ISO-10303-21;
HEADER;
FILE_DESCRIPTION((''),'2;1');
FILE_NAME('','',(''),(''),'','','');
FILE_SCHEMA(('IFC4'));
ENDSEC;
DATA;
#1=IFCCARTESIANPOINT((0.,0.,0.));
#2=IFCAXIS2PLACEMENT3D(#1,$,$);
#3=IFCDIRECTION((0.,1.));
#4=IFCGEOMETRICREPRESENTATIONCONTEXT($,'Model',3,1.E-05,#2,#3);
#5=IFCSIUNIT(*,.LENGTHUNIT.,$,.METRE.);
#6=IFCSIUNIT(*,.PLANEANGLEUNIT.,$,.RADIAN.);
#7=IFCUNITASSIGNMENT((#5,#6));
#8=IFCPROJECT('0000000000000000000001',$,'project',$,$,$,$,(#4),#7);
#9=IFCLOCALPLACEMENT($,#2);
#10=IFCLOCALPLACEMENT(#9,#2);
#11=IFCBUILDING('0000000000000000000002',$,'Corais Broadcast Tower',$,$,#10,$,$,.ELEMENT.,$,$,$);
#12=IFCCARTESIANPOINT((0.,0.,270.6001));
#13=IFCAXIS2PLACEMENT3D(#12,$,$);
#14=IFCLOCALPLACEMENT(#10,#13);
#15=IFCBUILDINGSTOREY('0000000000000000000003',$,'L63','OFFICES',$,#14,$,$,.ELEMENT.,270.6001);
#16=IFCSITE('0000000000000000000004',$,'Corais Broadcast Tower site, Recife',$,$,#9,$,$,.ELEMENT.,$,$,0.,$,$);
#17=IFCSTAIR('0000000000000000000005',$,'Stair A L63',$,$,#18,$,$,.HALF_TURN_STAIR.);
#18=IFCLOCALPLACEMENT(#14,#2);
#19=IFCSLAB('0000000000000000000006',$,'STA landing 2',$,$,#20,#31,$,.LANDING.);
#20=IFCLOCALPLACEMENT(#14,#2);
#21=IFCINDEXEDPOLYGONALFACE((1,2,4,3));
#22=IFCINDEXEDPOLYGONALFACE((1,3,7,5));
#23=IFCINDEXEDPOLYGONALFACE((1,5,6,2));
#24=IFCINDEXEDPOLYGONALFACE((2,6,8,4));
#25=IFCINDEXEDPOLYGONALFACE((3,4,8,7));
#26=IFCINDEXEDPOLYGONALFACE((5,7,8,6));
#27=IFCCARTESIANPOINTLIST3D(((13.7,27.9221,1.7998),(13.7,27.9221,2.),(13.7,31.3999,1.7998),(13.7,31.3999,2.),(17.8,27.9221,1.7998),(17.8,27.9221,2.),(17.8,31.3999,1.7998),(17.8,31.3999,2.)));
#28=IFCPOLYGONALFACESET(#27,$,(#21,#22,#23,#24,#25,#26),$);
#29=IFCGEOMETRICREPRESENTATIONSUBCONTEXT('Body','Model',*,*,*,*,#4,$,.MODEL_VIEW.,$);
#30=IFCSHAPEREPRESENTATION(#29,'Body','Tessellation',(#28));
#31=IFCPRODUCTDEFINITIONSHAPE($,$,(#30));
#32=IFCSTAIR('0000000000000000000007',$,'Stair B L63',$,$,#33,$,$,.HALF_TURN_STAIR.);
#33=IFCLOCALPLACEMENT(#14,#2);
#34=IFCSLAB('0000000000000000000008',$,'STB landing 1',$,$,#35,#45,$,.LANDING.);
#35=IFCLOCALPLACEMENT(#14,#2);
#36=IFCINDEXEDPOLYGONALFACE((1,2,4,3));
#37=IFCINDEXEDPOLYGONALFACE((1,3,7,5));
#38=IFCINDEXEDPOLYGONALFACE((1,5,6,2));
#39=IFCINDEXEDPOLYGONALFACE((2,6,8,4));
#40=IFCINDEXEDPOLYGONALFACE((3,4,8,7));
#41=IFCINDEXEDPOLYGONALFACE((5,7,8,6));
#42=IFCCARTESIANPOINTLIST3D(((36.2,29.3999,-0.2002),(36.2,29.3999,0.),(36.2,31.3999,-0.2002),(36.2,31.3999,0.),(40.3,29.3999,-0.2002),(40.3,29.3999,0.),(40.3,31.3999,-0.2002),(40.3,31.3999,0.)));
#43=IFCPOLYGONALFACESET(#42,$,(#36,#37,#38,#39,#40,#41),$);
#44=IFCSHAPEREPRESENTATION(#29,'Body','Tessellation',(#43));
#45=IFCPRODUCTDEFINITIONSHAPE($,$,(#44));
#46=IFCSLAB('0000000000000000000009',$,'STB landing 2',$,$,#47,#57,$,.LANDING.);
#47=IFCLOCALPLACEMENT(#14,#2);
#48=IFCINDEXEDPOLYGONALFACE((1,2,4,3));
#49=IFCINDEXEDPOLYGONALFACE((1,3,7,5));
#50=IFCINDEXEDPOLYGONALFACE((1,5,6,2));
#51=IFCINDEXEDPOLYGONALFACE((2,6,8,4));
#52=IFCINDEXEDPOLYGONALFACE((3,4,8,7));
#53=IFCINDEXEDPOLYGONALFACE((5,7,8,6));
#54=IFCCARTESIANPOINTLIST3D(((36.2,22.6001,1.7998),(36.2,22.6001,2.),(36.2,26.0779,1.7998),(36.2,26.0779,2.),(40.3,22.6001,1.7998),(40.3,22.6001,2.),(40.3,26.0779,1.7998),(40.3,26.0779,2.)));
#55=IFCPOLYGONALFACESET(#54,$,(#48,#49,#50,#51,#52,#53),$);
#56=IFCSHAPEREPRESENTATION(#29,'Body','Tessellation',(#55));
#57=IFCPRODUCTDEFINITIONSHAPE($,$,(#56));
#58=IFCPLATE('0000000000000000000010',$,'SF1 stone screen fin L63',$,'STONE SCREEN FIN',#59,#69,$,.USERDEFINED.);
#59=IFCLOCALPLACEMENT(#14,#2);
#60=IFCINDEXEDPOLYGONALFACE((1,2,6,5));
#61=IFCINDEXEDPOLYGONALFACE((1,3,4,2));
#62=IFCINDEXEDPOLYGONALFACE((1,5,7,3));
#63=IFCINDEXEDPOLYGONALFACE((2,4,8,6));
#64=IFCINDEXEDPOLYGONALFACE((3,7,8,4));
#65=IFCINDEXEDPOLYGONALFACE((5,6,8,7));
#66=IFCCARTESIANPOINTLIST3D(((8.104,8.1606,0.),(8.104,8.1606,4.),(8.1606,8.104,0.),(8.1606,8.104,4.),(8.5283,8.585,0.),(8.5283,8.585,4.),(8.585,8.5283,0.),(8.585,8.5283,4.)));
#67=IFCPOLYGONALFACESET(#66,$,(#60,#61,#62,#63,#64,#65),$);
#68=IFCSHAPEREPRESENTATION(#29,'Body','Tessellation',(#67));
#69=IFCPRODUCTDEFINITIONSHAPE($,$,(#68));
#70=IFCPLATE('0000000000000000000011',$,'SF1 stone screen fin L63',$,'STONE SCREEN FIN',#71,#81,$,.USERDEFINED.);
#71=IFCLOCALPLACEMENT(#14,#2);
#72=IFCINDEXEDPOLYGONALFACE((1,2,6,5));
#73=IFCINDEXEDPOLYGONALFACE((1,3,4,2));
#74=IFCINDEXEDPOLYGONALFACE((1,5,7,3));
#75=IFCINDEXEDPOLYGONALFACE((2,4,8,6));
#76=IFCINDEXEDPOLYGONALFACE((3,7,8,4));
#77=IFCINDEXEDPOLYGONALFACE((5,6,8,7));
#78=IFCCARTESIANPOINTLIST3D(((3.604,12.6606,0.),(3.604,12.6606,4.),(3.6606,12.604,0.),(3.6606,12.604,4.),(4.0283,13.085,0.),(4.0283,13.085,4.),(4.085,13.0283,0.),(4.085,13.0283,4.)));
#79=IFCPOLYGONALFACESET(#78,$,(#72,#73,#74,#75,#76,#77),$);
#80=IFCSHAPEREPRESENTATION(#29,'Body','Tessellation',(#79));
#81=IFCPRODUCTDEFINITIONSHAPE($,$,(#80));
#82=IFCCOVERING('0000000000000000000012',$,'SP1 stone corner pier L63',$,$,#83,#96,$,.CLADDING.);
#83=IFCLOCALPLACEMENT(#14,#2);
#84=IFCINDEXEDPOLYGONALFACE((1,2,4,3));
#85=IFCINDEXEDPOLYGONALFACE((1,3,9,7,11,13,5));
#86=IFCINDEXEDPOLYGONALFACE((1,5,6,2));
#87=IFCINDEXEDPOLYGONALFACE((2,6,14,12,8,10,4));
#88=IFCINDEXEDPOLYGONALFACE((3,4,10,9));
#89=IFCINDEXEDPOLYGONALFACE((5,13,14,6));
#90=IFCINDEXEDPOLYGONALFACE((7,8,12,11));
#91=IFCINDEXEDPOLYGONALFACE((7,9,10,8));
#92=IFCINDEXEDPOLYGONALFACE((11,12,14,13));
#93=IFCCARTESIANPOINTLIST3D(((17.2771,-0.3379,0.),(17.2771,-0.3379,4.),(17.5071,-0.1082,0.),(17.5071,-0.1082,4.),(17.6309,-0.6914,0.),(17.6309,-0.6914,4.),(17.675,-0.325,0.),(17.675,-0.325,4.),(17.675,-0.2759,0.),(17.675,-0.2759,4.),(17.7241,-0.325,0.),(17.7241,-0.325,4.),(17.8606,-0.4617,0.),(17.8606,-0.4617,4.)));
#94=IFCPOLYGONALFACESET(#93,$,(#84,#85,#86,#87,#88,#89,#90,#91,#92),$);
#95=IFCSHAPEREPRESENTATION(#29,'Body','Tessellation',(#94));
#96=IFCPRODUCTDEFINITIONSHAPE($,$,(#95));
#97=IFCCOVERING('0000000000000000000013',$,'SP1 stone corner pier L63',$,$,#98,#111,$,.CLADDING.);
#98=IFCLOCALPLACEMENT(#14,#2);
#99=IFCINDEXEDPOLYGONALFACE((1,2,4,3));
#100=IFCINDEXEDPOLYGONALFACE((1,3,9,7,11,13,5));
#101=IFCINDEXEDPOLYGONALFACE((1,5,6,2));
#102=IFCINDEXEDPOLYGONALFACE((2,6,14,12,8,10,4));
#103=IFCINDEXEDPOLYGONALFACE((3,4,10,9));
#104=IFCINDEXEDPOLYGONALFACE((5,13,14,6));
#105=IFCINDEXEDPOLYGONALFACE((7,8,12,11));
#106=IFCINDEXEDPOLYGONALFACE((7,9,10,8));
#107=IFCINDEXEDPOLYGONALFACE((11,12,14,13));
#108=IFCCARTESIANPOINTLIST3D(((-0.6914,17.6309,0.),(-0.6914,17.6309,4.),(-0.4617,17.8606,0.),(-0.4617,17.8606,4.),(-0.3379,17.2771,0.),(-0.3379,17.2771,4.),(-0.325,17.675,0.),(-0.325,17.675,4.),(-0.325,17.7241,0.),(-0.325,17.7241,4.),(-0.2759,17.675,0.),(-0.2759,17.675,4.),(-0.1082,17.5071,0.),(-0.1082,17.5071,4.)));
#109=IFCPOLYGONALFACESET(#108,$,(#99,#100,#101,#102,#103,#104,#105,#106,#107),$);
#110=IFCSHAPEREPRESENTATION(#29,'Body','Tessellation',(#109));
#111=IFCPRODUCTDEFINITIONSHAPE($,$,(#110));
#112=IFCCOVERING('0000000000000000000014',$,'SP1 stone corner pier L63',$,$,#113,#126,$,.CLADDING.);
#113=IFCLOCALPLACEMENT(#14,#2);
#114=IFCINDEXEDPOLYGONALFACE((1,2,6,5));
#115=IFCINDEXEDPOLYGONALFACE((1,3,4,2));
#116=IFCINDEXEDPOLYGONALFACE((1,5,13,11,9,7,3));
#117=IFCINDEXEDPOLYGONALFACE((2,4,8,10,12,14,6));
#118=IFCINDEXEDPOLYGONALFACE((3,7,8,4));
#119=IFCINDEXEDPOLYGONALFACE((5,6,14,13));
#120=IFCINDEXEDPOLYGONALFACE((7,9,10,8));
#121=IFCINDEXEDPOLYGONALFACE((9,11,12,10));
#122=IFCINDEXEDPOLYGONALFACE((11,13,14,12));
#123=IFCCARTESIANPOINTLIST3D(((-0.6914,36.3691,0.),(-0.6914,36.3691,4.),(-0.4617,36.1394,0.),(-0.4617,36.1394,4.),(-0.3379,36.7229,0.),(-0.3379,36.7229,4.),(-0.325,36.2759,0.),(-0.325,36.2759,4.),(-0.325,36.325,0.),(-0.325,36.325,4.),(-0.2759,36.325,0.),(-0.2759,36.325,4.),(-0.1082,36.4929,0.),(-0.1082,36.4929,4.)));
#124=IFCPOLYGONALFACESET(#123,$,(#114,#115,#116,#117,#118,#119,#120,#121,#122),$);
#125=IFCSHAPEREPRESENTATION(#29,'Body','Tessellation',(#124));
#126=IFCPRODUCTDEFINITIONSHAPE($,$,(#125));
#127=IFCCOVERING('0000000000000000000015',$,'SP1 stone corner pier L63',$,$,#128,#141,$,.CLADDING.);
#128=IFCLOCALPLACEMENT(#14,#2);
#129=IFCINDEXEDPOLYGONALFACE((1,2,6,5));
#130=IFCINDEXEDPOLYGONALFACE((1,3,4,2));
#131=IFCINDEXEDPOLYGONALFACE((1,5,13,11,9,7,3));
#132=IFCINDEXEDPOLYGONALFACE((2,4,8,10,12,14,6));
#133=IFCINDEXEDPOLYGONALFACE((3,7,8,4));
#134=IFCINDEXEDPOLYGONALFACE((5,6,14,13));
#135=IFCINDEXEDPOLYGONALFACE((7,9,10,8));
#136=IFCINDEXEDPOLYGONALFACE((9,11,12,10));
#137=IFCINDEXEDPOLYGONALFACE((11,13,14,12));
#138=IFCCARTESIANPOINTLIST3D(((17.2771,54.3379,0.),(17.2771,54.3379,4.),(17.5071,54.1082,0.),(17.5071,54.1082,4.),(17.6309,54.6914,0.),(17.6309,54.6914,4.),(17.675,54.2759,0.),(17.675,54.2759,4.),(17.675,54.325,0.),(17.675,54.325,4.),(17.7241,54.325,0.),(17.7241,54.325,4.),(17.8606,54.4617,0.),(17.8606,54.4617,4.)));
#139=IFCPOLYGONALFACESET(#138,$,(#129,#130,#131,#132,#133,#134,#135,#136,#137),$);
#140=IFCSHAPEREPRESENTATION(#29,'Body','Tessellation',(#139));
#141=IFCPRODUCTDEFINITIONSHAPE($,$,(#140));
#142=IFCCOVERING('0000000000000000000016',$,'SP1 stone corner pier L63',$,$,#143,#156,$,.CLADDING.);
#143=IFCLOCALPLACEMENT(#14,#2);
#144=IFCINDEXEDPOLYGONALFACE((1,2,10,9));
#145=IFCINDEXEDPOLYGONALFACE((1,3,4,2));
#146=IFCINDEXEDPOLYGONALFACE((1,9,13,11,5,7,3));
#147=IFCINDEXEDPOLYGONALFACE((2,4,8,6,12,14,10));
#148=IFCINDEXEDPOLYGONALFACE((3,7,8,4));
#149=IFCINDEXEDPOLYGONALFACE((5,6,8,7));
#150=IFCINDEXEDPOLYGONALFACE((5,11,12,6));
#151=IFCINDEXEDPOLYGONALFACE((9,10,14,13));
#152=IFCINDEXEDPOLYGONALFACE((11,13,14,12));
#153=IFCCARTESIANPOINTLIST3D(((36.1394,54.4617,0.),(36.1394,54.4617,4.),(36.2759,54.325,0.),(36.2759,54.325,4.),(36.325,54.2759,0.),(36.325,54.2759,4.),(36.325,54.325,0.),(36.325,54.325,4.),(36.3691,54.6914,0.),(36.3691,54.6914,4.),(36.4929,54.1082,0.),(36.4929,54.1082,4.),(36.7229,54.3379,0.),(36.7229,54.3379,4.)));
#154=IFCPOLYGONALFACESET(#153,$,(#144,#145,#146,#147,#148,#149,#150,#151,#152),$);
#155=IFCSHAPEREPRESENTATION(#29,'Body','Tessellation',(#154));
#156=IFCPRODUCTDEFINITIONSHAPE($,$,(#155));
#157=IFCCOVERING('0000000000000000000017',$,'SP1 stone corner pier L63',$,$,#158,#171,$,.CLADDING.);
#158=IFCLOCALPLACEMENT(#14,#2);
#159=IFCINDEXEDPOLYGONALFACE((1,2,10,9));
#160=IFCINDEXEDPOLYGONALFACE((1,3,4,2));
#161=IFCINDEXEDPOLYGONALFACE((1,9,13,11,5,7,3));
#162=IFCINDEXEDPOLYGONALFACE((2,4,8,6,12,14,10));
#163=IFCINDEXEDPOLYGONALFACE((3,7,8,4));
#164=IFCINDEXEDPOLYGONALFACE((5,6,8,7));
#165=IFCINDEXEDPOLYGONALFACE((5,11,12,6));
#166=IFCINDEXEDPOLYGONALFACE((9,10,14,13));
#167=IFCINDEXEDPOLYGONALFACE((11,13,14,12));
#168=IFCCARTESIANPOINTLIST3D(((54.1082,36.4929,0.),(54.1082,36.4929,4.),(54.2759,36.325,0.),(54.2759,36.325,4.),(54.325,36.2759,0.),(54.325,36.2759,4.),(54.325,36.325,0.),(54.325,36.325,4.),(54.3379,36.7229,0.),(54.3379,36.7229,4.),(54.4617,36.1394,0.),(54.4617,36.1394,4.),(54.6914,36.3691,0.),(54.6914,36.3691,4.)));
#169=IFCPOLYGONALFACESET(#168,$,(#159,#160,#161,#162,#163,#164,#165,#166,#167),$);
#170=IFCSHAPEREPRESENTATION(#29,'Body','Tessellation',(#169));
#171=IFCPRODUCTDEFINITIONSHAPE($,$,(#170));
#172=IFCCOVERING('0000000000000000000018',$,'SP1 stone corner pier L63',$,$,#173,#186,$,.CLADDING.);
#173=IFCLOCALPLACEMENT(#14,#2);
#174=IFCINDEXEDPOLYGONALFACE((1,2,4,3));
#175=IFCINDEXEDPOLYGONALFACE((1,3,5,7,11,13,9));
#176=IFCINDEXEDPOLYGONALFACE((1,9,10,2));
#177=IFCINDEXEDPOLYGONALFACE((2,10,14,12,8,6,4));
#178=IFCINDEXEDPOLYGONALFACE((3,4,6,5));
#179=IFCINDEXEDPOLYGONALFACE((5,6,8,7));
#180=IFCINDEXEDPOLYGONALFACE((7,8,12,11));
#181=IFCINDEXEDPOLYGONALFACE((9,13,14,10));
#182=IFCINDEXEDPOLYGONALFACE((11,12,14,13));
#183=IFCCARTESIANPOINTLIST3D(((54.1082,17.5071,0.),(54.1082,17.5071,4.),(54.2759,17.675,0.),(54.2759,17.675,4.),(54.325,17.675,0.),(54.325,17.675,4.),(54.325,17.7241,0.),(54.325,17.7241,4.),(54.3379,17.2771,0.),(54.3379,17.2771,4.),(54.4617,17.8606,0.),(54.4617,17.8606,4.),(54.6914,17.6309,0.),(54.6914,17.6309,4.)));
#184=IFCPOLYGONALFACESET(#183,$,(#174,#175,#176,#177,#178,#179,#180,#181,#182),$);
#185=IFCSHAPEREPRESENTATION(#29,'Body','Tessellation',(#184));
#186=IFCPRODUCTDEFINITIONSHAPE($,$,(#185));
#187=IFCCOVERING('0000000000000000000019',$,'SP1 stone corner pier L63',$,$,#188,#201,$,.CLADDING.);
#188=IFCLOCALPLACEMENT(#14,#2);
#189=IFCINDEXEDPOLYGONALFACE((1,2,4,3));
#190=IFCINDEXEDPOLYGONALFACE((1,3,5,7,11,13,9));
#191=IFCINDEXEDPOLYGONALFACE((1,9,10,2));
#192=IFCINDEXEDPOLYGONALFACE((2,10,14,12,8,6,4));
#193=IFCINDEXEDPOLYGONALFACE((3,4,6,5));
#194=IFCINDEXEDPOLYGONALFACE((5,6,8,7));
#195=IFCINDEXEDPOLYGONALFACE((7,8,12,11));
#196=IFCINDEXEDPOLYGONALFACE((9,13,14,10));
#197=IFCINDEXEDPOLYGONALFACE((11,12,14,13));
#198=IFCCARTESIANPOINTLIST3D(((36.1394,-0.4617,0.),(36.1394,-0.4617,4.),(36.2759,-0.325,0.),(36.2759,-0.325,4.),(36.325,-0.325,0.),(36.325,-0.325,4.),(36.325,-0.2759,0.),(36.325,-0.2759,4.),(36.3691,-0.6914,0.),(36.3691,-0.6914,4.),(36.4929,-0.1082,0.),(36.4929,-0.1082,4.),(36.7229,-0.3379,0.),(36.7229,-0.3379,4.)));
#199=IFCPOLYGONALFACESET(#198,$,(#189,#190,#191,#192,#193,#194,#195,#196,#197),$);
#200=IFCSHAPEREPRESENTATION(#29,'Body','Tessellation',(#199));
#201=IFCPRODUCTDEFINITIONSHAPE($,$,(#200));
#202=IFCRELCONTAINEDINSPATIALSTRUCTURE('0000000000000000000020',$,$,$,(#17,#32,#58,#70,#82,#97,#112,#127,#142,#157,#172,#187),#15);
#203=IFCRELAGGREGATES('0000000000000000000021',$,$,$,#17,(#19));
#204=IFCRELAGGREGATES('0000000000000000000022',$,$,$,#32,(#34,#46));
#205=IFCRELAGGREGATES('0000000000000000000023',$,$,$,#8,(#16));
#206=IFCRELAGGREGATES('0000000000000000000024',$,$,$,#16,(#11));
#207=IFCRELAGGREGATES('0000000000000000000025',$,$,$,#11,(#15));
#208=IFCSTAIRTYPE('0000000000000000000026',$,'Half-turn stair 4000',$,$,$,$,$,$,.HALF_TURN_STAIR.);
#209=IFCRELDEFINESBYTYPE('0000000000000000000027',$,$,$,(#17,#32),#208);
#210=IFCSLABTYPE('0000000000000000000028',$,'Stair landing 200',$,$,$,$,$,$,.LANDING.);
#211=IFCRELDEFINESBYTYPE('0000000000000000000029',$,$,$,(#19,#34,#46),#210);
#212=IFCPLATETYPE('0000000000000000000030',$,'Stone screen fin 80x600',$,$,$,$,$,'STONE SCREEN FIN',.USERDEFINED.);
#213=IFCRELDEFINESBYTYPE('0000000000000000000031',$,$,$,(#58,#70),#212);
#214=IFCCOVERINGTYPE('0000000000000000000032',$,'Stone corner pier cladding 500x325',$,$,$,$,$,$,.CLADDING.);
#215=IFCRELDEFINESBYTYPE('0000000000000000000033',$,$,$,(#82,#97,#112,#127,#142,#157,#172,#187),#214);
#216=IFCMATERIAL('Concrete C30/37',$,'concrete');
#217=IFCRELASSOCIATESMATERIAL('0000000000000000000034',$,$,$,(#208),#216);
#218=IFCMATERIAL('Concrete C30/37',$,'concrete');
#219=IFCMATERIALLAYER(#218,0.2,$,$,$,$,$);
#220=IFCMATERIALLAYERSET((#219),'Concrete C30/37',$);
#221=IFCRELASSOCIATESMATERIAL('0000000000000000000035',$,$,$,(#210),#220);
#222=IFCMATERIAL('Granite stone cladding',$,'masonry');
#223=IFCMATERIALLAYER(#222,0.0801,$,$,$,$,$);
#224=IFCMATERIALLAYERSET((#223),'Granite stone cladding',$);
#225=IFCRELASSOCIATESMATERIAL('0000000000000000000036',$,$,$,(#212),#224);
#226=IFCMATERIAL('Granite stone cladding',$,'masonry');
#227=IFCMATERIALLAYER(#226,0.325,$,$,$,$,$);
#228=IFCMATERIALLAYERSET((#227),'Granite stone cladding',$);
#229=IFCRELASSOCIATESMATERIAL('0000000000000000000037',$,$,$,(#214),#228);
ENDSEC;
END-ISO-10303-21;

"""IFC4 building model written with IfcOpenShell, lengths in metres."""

from ifc_helpers import new_model, si_unit, direction, frame, origin, origin_2d, place, context, subcontext, project, spatial, polyline, rectangle, outline, extrude, material, layer, layer_set, type_object, element, aggregate, save


model = new_model("IFC4")

# Units and contexts
model_context = context("Model", 3, precision=1e-05, world=origin(), true_north=direction((0.0, 1.0)))
body_context = subcontext(model_context, "Body", "Model", "MODEL_VIEW")
ifc_project = project(units=[si_unit("LENGTHUNIT", "METRE"), si_unit("PLANEANGLEUNIT", "RADIAN")], contexts=[model_context])

# Site, building, storey
site_placement = place(None, origin())
site = spatial("IfcSite", under=ifc_project, at=site_placement, Name="Corais Broadcast Tower site, Recife", CompositionType="ELEMENT", RefElevation=0.0)
building_placement = place(site_placement, origin())
building = spatial("IfcBuilding", under=site, at=building_placement, Name="Corais Broadcast Tower", CompositionType="ELEMENT")
storey_placement = place(building_placement, frame((0.0, 0.0, 270.6001)))
storey = spatial("IfcBuildingStorey", under=building, at=storey_placement, Name="L63", Description="OFFICES", CompositionType="ELEMENT", Elevation=270.6001)

# Stairs, slabs
ifc_material_1 = material(Name="Concrete C30/37", Category="concrete")
stair_type = type_object("IfcStairType", Name="Half-turn stair 4000", PredefinedType="HALF_TURN_STAIR", material=ifc_material_1)
stair_1_placement = place(storey_placement, origin())
stair_1 = element("IfcStair", 1, at=stair_1_placement, inside=storey, type_object=stair_type, Name="Stair A L63", PredefinedType="HALF_TURN_STAIR")
ifc_material_2 = material(Name="Concrete C30/37", Category="concrete")
ifc_layer_1 = layer(ifc_material_2, 0.2)
ifc_layer_set_1 = layer_set([ifc_layer_1], Name="Concrete C30/37")
slab_type_1 = type_object("IfcSlabType", Name="Stair landing 200", PredefinedType="LANDING", material=ifc_layer_set_1)
slab_1_placement = place(storey_placement, frame((0.0, 0.0, 1.7998)))
slab_1 = element("IfcSlab", 2, at=slab_1_placement, type_object=slab_type_1, Name="STA landing 2", PredefinedType="LANDING", context=body_context, shape_type="SweptSolid", body=[
    extrude(outline(polyline([(13.7, 27.9221), (17.8, 27.9221), (17.8, 31.3999), (13.7, 31.3999), (13.7, 27.9221)])), origin(), (0.0, 0.0, 1.0), 0.2002),
])
aggregate(stair_1, [slab_1])
stair_2_placement = place(storey_placement, origin())
stair_2 = element("IfcStair", 3, at=stair_2_placement, inside=storey, type_object=stair_type, Name="Stair B L63", PredefinedType="HALF_TURN_STAIR")
slab_2_placement = place(storey_placement, frame((0.0, 0.0, -0.2002)))
slab_2 = element("IfcSlab", 4, at=slab_2_placement, type_object=slab_type_1, Name="STB landing 1", PredefinedType="LANDING", context=body_context, shape_type="SweptSolid", body=[
    extrude(outline(polyline([(36.2, 29.3999), (40.3, 29.3999), (40.3, 31.3999), (36.2, 31.3999), (36.2, 29.3999)])), origin(), (0.0, 0.0, 1.0), 0.2002),
])
slab_3_placement = place(storey_placement, frame((0.0, 0.0, 1.7998)))
slab_3 = element("IfcSlab", 5, at=slab_3_placement, type_object=slab_type_1, Name="STB landing 2", PredefinedType="LANDING", context=body_context, shape_type="SweptSolid", body=[
    extrude(outline(polyline([(36.2, 22.6001), (40.3, 22.6001), (40.3, 26.0779), (36.2, 26.0779), (36.2, 22.6001)])), origin(), (0.0, 0.0, 1.0), 0.2002),
])
aggregate(stair_2, [slab_2, slab_3])

# Plates
ifc_material_3 = material(Name="Granite stone cladding", Category="masonry")
ifc_layer_2 = layer(ifc_material_3, 0.0801)
ifc_layer_set_2 = layer_set([ifc_layer_2], Name="Granite stone cladding")
plate_type_1 = type_object("IfcPlateType", Name="Stone screen fin 80x600", ElementType="STONE SCREEN FIN", PredefinedType="USERDEFINED", material=ifc_layer_set_2)
for number, where, z_axis, x_axis, name in (
    (6, (8.3445, 8.3445, 0.0), (0.0, 0.0, 1.0), (-0.707107, 0.707107, 0.0), "SF1 stone screen fin L63"),
    (7, (3.8445, 12.8445, 0.0), (0.0, 0.0, 1.0), (-0.707107, 0.707107, 0.0), "SF1 stone screen fin L63"),
):
    element("IfcPlate", number, at=place(storey_placement, frame(where, z_axis=z_axis, x_axis=x_axis)), inside=storey, type_object=plate_type_1, Name=name, ObjectType="STONE SCREEN FIN", PredefinedType="USERDEFINED", context=body_context, shape_type="SweptSolid", body=[
        extrude(rectangle(XDim=0.0801, YDim=0.6001, at=origin_2d()), origin(), (0.0, 0.0, 1.0), 4.0),
    ])

# Coverings
ifc_material_4 = material(Name="Granite stone cladding", Category="masonry")
ifc_layer_3 = layer(ifc_material_4, 0.325)
ifc_layer_set_3 = layer_set([ifc_layer_3], Name="Granite stone cladding")
covering_type_1 = type_object("IfcCoveringType", Name="Stone corner pier cladding 500x325", PredefinedType="CLADDING", material=ifc_layer_set_3)
covering_1_placement = place(storey_placement, origin())
element("IfcCovering", 8, at=covering_1_placement, inside=storey, type_object=covering_type_1, Name="SP1 stone corner pier L63", PredefinedType="CLADDING", context=body_context, shape_type="SweptSolid", body=[
    extrude(outline(polyline([(17.8606, -0.4617), (17.7241, -0.325), (17.675, -0.325), (17.675, -0.2759), (17.5071, -0.1082), (17.2771, -0.3379), (17.6309, -0.6914), (17.8606, -0.4617)])), origin(), (0.0, 0.0, 1.0), 4.0),
])
covering_2_placement = place(storey_placement, origin())
element("IfcCovering", 9, at=covering_2_placement, inside=storey, type_object=covering_type_1, Name="SP1 stone corner pier L63", PredefinedType="CLADDING", context=body_context, shape_type="SweptSolid", body=[
    extrude(outline(polyline([(-0.325, 17.7241), (-0.4617, 17.8606), (-0.6914, 17.6309), (-0.3379, 17.2771), (-0.1082, 17.5071), (-0.2759, 17.675), (-0.325, 17.675), (-0.325, 17.7241)])), origin(), (0.0, 0.0, 1.0), 4.0),
])
covering_3_placement = place(storey_placement, origin())
element("IfcCovering", 10, at=covering_3_placement, inside=storey, type_object=covering_type_1, Name="SP1 stone corner pier L63", PredefinedType="CLADDING", context=body_context, shape_type="SweptSolid", body=[
    extrude(outline(polyline([(-0.4617, 36.1394), (-0.325, 36.2759), (-0.325, 36.325), (-0.2759, 36.325), (-0.1082, 36.4929), (-0.3379, 36.7229), (-0.6914, 36.3691), (-0.4617, 36.1394)])), origin(), (0.0, 0.0, 1.0), 4.0),
])
covering_4_placement = place(storey_placement, origin())
element("IfcCovering", 11, at=covering_4_placement, inside=storey, type_object=covering_type_1, Name="SP1 stone corner pier L63", PredefinedType="CLADDING", context=body_context, shape_type="SweptSolid", body=[
    extrude(outline(polyline([(17.7241, 54.325), (17.8606, 54.4617), (17.6309, 54.6914), (17.2771, 54.3379), (17.5071, 54.1082), (17.675, 54.2759), (17.675, 54.325), (17.7241, 54.325)])), origin(), (0.0, 0.0, 1.0), 4.0),
])
covering_5_placement = place(storey_placement, origin())
element("IfcCovering", 12, at=covering_5_placement, inside=storey, type_object=covering_type_1, Name="SP1 stone corner pier L63", PredefinedType="CLADDING", context=body_context, shape_type="SweptSolid", body=[
    extrude(outline(polyline([(36.1394, 54.4617), (36.2759, 54.325), (36.325, 54.325), (36.325, 54.2759), (36.4929, 54.1082), (36.7229, 54.3379), (36.3691, 54.6914), (36.1394, 54.4617)])), origin(), (0.0, 0.0, 1.0), 4.0),
])
covering_6_placement = place(storey_placement, origin())
element("IfcCovering", 13, at=covering_6_placement, inside=storey, type_object=covering_type_1, Name="SP1 stone corner pier L63", PredefinedType="CLADDING", context=body_context, shape_type="SweptSolid", body=[
    extrude(outline(polyline([(54.325, 36.2759), (54.4617, 36.1394), (54.6914, 36.3691), (54.3379, 36.7229), (54.1082, 36.4929), (54.2759, 36.325), (54.325, 36.325), (54.325, 36.2759)])), origin(), (0.0, 0.0, 1.0), 4.0),
])
covering_7_placement = place(storey_placement, origin())
element("IfcCovering", 14, at=covering_7_placement, inside=storey, type_object=covering_type_1, Name="SP1 stone corner pier L63", PredefinedType="CLADDING", context=body_context, shape_type="SweptSolid", body=[
    extrude(outline(polyline([(54.4617, 17.8606), (54.325, 17.7241), (54.325, 17.675), (54.2759, 17.675), (54.1082, 17.5071), (54.3379, 17.2771), (54.6914, 17.6309), (54.4617, 17.8606)])), origin(), (0.0, 0.0, 1.0), 4.0),
])
covering_8_placement = place(storey_placement, origin())
element("IfcCovering", 15, at=covering_8_placement, inside=storey, type_object=covering_type_1, Name="SP1 stone corner pier L63", PredefinedType="CLADDING", context=body_context, shape_type="SweptSolid", body=[
    extrude(outline(polyline([(36.2759, -0.325), (36.1394, -0.4617), (36.3691, -0.6914), (36.7229, -0.3379), (36.4929, -0.1082), (36.325, -0.2759), (36.325, -0.325), (36.2759, -0.325)])), origin(), (0.0, 0.0, 1.0), 4.0),
])

save(model, "model.ifc")
